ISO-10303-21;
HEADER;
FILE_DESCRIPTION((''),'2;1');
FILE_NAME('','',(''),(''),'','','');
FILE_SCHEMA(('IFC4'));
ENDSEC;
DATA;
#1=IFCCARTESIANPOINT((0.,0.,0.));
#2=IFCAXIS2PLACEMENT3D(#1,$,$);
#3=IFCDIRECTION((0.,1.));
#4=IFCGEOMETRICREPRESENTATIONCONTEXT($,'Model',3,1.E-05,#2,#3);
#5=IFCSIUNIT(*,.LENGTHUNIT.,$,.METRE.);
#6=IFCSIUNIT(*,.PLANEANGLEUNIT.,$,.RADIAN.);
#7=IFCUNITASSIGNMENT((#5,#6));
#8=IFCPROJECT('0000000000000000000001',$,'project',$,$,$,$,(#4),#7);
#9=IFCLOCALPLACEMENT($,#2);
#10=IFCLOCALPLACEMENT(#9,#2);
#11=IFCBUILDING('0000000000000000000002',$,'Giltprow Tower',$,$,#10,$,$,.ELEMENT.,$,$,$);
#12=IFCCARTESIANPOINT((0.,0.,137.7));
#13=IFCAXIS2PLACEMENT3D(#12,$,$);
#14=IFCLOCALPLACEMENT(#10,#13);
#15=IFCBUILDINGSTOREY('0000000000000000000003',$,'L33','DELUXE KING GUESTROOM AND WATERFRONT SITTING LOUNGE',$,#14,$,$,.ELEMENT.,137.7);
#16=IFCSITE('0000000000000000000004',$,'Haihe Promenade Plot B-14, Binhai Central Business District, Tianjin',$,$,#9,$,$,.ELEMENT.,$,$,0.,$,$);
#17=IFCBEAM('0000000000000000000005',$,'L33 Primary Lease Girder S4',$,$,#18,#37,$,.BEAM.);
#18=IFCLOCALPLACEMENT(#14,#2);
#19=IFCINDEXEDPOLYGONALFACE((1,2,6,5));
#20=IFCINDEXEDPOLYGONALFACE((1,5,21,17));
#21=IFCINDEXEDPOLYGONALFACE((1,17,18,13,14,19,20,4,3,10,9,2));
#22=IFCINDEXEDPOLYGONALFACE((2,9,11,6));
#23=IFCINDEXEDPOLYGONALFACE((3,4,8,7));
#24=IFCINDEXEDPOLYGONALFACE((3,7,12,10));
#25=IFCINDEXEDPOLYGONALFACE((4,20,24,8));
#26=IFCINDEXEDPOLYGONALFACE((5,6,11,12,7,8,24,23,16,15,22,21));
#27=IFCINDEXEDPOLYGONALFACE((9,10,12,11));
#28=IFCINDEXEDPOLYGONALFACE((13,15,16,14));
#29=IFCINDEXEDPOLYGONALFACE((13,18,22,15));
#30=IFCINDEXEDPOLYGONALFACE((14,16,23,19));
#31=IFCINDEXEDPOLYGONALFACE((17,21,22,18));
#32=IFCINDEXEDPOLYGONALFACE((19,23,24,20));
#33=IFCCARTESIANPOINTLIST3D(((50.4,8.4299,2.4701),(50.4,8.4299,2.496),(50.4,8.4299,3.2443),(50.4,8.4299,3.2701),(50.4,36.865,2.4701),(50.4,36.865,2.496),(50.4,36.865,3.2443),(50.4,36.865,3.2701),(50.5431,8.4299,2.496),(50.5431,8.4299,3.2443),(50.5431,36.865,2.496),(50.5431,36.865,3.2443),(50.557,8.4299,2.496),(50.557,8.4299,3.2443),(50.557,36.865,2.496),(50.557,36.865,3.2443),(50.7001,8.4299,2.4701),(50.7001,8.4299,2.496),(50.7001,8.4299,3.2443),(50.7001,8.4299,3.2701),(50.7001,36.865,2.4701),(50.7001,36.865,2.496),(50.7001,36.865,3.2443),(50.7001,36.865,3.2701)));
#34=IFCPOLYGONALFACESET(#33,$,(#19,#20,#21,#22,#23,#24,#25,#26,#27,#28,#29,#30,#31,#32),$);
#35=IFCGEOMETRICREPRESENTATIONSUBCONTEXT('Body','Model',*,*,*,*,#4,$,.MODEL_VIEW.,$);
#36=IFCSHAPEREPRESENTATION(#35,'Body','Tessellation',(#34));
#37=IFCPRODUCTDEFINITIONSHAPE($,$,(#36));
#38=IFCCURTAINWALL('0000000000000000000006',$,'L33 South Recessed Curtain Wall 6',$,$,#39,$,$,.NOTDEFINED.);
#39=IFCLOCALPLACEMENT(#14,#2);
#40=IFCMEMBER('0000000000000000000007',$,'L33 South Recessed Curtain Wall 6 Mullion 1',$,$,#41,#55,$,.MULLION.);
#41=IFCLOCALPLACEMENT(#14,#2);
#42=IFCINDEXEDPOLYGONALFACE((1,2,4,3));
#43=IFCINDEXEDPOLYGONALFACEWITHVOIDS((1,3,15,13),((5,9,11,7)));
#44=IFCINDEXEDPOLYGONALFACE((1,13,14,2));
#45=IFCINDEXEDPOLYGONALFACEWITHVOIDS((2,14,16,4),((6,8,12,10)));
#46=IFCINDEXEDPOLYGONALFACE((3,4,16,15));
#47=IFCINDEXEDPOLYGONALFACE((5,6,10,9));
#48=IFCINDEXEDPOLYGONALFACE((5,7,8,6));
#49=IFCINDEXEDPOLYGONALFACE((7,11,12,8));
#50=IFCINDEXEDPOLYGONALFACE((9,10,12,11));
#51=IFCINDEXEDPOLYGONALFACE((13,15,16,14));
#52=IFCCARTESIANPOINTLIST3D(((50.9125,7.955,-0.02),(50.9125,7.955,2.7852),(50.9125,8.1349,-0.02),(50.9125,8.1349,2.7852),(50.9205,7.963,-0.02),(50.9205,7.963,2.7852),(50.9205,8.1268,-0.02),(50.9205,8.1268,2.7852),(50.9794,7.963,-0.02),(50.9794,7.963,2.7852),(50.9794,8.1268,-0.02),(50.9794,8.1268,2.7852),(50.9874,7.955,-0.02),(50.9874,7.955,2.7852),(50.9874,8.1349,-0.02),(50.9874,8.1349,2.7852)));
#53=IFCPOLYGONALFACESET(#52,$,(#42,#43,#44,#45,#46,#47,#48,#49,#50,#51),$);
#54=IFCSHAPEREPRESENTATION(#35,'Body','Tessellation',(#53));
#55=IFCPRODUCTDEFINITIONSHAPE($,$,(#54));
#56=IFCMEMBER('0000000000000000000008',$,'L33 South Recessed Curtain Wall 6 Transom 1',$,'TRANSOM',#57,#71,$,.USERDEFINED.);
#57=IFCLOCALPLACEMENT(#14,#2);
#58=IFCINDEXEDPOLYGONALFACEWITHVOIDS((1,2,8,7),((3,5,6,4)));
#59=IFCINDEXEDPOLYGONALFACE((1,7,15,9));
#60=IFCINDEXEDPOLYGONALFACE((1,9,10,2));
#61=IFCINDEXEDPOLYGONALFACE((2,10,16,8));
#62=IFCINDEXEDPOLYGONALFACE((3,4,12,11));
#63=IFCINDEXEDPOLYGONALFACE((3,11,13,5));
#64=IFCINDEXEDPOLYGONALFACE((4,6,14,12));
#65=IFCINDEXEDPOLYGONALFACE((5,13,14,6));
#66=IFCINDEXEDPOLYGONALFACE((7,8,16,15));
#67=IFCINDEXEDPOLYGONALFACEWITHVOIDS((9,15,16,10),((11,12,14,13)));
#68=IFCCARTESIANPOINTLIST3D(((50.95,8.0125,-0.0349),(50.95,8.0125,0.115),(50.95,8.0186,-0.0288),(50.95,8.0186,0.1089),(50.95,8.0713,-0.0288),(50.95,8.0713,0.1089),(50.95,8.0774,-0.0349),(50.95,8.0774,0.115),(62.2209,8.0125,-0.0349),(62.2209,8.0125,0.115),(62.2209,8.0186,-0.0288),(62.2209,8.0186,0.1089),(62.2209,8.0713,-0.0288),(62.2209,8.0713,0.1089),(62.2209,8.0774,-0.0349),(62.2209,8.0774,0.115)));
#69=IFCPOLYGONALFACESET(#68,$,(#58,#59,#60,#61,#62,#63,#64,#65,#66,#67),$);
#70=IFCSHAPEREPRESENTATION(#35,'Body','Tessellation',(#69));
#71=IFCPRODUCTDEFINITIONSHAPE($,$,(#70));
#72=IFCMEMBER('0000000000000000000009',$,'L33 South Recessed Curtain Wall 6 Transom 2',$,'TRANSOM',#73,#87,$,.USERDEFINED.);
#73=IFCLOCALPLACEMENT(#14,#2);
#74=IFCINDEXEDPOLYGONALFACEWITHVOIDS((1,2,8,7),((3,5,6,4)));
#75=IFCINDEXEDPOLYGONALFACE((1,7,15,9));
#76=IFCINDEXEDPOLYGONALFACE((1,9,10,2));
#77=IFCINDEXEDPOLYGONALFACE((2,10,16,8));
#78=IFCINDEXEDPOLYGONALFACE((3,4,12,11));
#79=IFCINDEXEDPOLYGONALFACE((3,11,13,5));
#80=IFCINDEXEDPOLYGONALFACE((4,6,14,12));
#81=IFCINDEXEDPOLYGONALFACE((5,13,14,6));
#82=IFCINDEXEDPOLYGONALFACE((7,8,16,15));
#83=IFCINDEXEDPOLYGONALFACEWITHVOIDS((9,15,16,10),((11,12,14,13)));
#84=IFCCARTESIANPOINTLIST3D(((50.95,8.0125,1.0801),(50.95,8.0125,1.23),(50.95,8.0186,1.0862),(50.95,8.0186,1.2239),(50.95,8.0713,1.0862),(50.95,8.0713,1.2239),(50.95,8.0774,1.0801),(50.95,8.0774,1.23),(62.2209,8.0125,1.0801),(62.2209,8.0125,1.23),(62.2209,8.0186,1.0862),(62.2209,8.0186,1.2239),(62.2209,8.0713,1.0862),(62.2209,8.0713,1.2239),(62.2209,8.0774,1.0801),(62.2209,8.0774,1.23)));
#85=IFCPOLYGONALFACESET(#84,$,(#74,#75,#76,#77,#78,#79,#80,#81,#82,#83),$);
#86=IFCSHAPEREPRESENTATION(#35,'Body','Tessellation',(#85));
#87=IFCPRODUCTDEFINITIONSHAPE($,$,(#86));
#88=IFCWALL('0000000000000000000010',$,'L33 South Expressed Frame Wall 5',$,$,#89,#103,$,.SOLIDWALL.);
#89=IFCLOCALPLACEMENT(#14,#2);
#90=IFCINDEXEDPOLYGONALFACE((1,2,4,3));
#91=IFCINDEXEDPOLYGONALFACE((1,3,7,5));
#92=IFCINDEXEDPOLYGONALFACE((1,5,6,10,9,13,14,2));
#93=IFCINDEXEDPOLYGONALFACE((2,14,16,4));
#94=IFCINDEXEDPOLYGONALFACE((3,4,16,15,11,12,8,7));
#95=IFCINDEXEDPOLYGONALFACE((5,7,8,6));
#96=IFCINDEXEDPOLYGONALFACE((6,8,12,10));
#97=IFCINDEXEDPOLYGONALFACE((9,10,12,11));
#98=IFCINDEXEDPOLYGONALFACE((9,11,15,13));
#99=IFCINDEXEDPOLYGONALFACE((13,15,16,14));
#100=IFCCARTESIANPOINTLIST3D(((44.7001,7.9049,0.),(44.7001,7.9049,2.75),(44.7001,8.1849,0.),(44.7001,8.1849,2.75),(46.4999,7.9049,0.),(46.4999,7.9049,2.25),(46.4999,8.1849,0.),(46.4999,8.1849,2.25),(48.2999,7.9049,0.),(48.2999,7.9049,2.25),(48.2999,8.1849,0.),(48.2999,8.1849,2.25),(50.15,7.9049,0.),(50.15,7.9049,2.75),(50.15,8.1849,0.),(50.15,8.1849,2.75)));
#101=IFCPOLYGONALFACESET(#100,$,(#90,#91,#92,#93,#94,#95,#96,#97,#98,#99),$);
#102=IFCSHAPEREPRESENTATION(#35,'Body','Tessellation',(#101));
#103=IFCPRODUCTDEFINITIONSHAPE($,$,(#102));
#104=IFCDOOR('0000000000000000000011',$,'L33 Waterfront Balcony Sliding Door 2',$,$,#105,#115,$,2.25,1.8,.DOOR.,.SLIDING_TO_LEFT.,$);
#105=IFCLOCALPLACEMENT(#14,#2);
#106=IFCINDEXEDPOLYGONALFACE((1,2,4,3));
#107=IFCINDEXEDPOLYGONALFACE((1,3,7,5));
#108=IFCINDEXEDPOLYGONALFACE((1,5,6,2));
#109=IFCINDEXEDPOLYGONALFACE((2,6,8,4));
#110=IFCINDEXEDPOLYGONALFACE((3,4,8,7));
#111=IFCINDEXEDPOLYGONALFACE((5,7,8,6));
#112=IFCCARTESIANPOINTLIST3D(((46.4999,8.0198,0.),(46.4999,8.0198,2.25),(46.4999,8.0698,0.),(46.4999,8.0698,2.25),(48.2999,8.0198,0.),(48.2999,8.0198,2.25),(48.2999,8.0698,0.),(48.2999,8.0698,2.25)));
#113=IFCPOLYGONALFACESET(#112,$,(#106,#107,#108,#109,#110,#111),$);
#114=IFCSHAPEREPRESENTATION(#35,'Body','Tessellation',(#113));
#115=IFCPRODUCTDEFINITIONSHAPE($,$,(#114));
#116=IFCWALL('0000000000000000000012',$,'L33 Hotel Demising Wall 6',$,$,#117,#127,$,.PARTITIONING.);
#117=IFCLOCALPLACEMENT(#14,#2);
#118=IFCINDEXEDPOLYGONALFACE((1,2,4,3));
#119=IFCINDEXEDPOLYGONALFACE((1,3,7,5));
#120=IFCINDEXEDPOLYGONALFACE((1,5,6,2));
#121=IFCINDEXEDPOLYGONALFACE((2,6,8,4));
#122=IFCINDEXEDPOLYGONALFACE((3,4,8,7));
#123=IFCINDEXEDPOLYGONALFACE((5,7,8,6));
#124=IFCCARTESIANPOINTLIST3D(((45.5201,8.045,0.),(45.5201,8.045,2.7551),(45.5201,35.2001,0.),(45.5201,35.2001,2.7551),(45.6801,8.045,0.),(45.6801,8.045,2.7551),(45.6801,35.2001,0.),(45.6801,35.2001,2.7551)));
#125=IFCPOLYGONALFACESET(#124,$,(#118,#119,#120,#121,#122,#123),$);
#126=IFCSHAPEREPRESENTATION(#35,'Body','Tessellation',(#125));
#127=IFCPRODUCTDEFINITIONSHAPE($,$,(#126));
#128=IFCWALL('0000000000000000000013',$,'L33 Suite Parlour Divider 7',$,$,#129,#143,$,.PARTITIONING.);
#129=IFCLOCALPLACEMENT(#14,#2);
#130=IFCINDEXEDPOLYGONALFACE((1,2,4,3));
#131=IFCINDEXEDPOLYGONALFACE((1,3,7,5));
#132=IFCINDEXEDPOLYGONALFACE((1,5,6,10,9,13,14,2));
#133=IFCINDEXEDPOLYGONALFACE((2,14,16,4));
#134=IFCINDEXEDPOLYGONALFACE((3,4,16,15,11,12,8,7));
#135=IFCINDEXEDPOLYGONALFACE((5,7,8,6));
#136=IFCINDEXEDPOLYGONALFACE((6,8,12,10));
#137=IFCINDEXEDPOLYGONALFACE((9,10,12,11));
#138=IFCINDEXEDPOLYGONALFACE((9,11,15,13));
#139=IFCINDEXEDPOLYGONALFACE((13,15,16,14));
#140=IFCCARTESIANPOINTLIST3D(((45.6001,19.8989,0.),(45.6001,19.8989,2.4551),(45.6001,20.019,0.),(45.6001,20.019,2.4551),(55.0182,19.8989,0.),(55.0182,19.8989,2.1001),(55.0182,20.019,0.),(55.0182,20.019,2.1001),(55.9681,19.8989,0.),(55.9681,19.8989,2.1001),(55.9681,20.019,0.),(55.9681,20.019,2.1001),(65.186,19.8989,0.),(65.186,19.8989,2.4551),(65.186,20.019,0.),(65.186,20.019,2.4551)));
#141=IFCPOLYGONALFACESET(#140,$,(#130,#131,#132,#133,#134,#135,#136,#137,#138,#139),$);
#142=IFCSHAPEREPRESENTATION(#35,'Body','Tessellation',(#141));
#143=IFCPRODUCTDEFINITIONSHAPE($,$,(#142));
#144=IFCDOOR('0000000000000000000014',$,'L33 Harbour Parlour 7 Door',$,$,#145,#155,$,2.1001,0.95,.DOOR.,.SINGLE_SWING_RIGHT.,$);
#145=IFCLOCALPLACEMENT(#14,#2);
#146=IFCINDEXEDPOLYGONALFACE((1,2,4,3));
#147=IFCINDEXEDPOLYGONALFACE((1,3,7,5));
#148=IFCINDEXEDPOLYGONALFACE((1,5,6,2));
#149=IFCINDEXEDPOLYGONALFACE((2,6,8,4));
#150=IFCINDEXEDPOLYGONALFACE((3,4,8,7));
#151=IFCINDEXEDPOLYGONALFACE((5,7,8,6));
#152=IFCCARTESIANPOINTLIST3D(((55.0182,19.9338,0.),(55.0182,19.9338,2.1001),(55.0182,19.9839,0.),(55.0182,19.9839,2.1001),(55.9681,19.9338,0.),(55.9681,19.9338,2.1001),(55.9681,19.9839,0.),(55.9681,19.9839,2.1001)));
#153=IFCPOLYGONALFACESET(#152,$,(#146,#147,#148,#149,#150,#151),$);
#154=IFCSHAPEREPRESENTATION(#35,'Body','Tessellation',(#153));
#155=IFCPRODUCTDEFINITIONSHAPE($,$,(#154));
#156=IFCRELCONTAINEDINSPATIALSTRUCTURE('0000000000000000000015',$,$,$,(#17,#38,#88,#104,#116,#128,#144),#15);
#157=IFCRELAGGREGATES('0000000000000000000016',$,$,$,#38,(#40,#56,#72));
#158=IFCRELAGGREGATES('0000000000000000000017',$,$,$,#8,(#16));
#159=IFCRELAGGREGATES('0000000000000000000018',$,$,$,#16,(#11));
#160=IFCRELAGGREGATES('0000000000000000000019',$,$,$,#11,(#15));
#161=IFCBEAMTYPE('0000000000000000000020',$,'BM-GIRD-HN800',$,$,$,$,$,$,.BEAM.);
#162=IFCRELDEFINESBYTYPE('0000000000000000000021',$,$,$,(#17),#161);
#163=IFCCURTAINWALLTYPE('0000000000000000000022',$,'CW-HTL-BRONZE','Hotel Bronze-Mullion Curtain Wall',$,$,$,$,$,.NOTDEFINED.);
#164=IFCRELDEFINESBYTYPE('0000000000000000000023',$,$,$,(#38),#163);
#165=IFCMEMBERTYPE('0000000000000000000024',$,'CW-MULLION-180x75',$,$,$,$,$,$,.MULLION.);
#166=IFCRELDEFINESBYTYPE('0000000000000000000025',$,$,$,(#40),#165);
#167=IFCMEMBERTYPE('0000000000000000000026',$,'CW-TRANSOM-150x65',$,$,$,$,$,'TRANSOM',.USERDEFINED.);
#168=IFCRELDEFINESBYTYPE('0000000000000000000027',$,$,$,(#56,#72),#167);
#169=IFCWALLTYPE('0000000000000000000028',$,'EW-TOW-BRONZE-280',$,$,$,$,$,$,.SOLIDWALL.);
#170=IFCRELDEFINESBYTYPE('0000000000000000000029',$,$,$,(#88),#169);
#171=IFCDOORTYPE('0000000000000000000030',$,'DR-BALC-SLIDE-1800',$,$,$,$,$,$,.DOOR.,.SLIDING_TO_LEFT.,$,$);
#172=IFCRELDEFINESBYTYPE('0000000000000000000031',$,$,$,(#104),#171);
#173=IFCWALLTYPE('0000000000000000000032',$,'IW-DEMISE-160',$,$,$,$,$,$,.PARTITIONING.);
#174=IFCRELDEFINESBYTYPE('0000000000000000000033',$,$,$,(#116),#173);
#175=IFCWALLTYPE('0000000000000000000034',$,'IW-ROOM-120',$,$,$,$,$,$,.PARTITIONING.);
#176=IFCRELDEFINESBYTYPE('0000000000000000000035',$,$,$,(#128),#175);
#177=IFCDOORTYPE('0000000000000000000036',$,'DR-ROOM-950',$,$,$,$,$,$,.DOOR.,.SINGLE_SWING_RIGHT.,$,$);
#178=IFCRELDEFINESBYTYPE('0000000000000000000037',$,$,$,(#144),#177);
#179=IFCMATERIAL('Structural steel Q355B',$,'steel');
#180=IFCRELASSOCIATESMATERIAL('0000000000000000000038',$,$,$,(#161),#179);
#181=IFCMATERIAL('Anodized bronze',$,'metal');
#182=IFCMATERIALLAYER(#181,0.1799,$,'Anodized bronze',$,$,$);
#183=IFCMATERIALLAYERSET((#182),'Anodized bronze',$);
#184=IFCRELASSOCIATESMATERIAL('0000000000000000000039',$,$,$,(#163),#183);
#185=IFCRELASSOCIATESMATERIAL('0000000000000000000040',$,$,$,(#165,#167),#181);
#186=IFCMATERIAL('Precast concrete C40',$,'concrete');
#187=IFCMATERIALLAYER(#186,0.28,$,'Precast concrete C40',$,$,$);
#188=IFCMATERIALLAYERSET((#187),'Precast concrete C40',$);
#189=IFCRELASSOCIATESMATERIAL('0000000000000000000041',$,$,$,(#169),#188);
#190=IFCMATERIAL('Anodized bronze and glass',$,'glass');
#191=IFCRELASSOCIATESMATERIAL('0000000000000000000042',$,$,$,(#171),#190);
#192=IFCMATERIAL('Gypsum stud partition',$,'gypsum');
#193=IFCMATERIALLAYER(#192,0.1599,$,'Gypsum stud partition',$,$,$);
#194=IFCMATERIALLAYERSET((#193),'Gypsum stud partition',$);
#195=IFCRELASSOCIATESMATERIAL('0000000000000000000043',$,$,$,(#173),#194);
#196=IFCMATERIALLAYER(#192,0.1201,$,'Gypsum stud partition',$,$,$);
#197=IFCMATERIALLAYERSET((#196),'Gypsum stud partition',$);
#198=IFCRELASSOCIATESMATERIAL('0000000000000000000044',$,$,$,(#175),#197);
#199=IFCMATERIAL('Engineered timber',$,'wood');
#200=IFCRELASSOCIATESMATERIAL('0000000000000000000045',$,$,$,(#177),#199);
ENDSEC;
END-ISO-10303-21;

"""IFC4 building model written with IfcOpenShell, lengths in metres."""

from ifc_helpers import new_model, si_unit, direction, frame, frame_2d, origin, origin_2d, place, context, subcontext, project, spatial, rectangle, hollow_rectangle, i_section, extrude, source, transform, mapped, material, layer, layer_set, material_profile, profile_set, type_object, element, fill, aggregate, save


model = new_model("IFC4")

# Units and contexts
model_context = context("Model", 3, precision=1e-05, world=origin(), true_north=direction((0.0, 1.0)))
body_context = subcontext(model_context, "Body", "Model", "MODEL_VIEW")
ifc_project = project(units=[si_unit("LENGTHUNIT", "METRE"), si_unit("PLANEANGLEUNIT", "RADIAN")], contexts=[model_context])

# Site, building, storey
site_placement = place(None, origin())
site = spatial("IfcSite", under=ifc_project, at=site_placement, Name="Haihe Promenade Plot B-14, Binhai Central Business District, Tianjin", CompositionType="ELEMENT", RefElevation=0.0)
building_placement = place(site_placement, origin())
building = spatial("IfcBuilding", under=site, at=building_placement, Name="Giltprow Tower", CompositionType="ELEMENT")
storey_placement = place(building_placement, frame((0.0, 0.0, 137.7)))
storey = spatial("IfcBuildingStorey", under=building, at=storey_placement, Name="L33", Description="DELUXE KING GUESTROOM AND WATERFRONT SITTING LOUNGE", CompositionType="ELEMENT", Elevation=137.7)

# Beam
ifc_material_1 = material(Name="Structural steel Q355B", Category="steel")
ifc_material_profile_1 = material_profile(ifc_material_1, i_section(OverallWidth=0.3, OverallDepth=0.8, WebThickness=0.0139, FlangeThickness=0.0259, at=origin_2d()), Name="HN 800x300x14x26")
ifc_profile_set_1 = profile_set([ifc_material_profile_1], Name="Structural steel Q355B")
beam_type_1 = type_object("IfcBeamType", Name="BM-GIRD-HN800", PredefinedType="BEAM", material=ifc_profile_set_1)
shared_shape_1 = source(origin(), body_context, "Body", "SweptSolid", [
    extrude(i_section(OverallWidth=0.3, OverallDepth=0.8, WebThickness=0.0139, FlangeThickness=0.0259, at=origin_2d()), origin(), (0.0, 0.0, 1.0), 28.4351),
])
for number, where, z_axis, x_axis, name in (
    (1, (50.55, 8.4299, 2.8701), (0.0, 1.0, 0.0), (-1.0, 0.0, 0.0), "L33 Primary Lease Girder S4"),
):
    element("IfcBeam", number, at=place(storey_placement, frame(where, z_axis=z_axis, x_axis=x_axis)), inside=storey, type_object=beam_type_1, Name=name, PredefinedType="BEAM", context=body_context, shape_type="MappedRepresentation", body=[
        mapped(shared_shape_1, transform((0.0, 0.0, 0.0), x_axis=(1.0, 0.0, 0.0), y_axis=(0.0, 1.0, 0.0), z_axis=(0.0, 0.0, 1.0), scale=1.0)),
    ])

# Curtain wall, members
ifc_material_2 = material(Name="Anodized bronze", Category="metal")
ifc_layer_1 = layer(ifc_material_2, 0.1799, Name="Anodized bronze")
ifc_layer_set_1 = layer_set([ifc_layer_1], Name="Anodized bronze")
curtain_wall_type = type_object("IfcCurtainWallType", Name="CW-HTL-BRONZE", Description="Hotel Bronze-Mullion Curtain Wall", PredefinedType="NOTDEFINED", material=ifc_layer_set_1)
curtain_wall_placement = place(storey_placement, origin())
curtain_wall = element("IfcCurtainWall", 2, at=curtain_wall_placement, inside=storey, type_object=curtain_wall_type, Name="L33 South Recessed Curtain Wall 6", PredefinedType="NOTDEFINED")
ifc_material_profile_2 = material_profile(ifc_material_2, hollow_rectangle(XDim=0.075, YDim=0.1799, WallThickness=0.0081, at=origin_2d()), Name="RHS 180x75x8")
ifc_profile_set_2 = profile_set([ifc_material_profile_2], Name="Anodized bronze")
member_type_1 = type_object("IfcMemberType", Name="CW-MULLION-180x75", PredefinedType="MULLION", material=ifc_profile_set_2)
shared_shape_2 = source(origin(), body_context, "Body", "SweptSolid", [
    extrude(hollow_rectangle(XDim=0.075, YDim=0.1799, WallThickness=0.0081, at=origin_2d()), origin(), (0.0, 0.0, 1.0), 2.8052),
])
member_1_placement = place(storey_placement, frame((50.95, 8.0449, -0.02), z_axis=(0.0, 0.0, 1.0), x_axis=(1.0, 0.0, 0.0)))
member_1 = element("IfcMember", 3, at=member_1_placement, type_object=member_type_1, Name="L33 South Recessed Curtain Wall 6 Mullion 1", PredefinedType="MULLION", context=body_context, shape_type="MappedRepresentation", body=[
    mapped(shared_shape_2, transform((0.0, 0.0, 0.0), x_axis=(1.0, 0.0, 0.0), y_axis=(0.0, 1.0, 0.0), z_axis=(0.0, 0.0, 1.0), scale=1.0)),
])
ifc_material_profile_3 = material_profile(ifc_material_2, hollow_rectangle(XDim=0.0649, YDim=0.1499, WallThickness=0.0061, at=origin_2d()), Name="RHS 150x65x6")
ifc_profile_set_3 = profile_set([ifc_material_profile_3], Name="Anodized bronze")
member_type_2 = type_object("IfcMemberType", Name="CW-TRANSOM-150x65", ElementType="TRANSOM", PredefinedType="USERDEFINED", material=ifc_profile_set_3)
shared_shape_3 = source(origin(), body_context, "Body", "SweptSolid", [
    extrude(hollow_rectangle(XDim=0.0649, YDim=0.1499, WallThickness=0.0061, at=origin_2d()), origin(), (0.0, 0.0, 1.0), 11.271),
])
member_2_placement = place(storey_placement, frame((50.95, 8.0449, 0.04), z_axis=(1.0, 0.0, 0.0), x_axis=(0.0, 1.0, 0.0)))
member_2 = element("IfcMember", 4, at=member_2_placement, type_object=member_type_2, Name="L33 South Recessed Curtain Wall 6 Transom 1", ObjectType="TRANSOM", PredefinedType="USERDEFINED", context=body_context, shape_type="MappedRepresentation", body=[
    mapped(shared_shape_3, transform((0.0, 0.0, 0.0), x_axis=(1.0, 0.0, 0.0), y_axis=(0.0, 1.0, 0.0), z_axis=(0.0, 0.0, 1.0), scale=1.0)),
])
member_3_placement = place(storey_placement, frame((50.95, 8.0449, 1.155), z_axis=(1.0, 0.0, 0.0), x_axis=(0.0, 1.0, 0.0)))
member_3 = element("IfcMember", 5, at=member_3_placement, type_object=member_type_2, Name="L33 South Recessed Curtain Wall 6 Transom 2", ObjectType="TRANSOM", PredefinedType="USERDEFINED", context=body_context, shape_type="MappedRepresentation", body=[
    mapped(shared_shape_3, transform((0.0, 0.0, 0.0), x_axis=(1.0, 0.0, 0.0), y_axis=(0.0, 1.0, 0.0), z_axis=(0.0, 0.0, 1.0), scale=1.0)),
])
aggregate(curtain_wall, [member_1, member_2, member_3])

# Wall, opening, door
ifc_material_3 = material(Name="Precast concrete C40", Category="concrete")
ifc_layer_2 = layer(ifc_material_3, 0.28, Name="Precast concrete C40")
ifc_layer_set_2 = layer_set([ifc_layer_2], Name="Precast concrete C40")
wall_type_1 = type_object("IfcWallType", Name="EW-TOW-BRONZE-280", PredefinedType="SOLIDWALL", material=ifc_layer_set_2)
wall_1_placement = place(storey_placement, frame((44.7, 8.0449, 0.0), z_axis=(0.0, 0.0, 1.0), x_axis=(1.0, 0.0, 0.0)))
wall_1 = element("IfcWall", 6, at=wall_1_placement, inside=storey, type_object=wall_type_1, Name="L33 South Expressed Frame Wall 5", PredefinedType="SOLIDWALL", context=body_context, shape_type="SweptSolid", body=[
    extrude(rectangle(XDim=5.45, YDim=0.28, at=frame_2d((2.7251, 0.0))), origin(), (0.0, 0.0, 1.0), 2.75),
])
opening_1_placement = place(wall_1_placement, frame((1.8, 0.0, 0.0)))
opening_1 = element("IfcOpeningElement", 7, at=opening_1_placement, cuts=wall_1, PredefinedType="OPENING", context=body_context, shape_type="SweptSolid", body=[
    extrude(rectangle(XDim=1.8, YDim=2.25, at=frame_2d((0.8999, 1.125))), frame((0.0, 0.1499, 0.0), z_axis=(0.0, -1.0, 0.0), x_axis=(1.0, 0.0, 0.0)), (0.0, 0.0, 1.0), 0.3),
])
ifc_material_4 = material(Name="Anodized bronze and glass", Category="glass")
door_type_1 = type_object("IfcDoorType", Name="DR-BALC-SLIDE-1800", OperationType="SLIDING_TO_LEFT", PredefinedType="DOOR", material=ifc_material_4)
shared_shape_4 = source(origin(), body_context, "Body", "SweptSolid", [
    extrude(rectangle(XDim=1.8, YDim=2.25, at=frame_2d((0.8999, 1.125))), frame((0.0, 0.0249, 0.0), z_axis=(0.0, -1.0, 0.0), x_axis=(1.0, 0.0, 0.0)), (0.0, 0.0, 1.0), 0.05),
])
door_1_placement = place(opening_1_placement, origin())
door_1 = element("IfcDoor", 8, at=door_1_placement, inside=storey, type_object=door_type_1, Name="L33 Waterfront Balcony Sliding Door 2", OperationType="SLIDING_TO_LEFT", OverallHeight=2.25, OverallWidth=1.8, PredefinedType="DOOR", context=body_context, shape_type="MappedRepresentation", body=[
    mapped(shared_shape_4, transform((0.0, 0.0, 0.0), x_axis=(1.0, 0.0, 0.0), y_axis=(0.0, 1.0, 0.0), z_axis=(0.0, 0.0, 1.0), scale=1.0)),
])
fill(opening_1, door_1)

# Wall
ifc_material_5 = material(Name="Gypsum stud partition", Category="gypsum")
ifc_layer_3 = layer(ifc_material_5, 0.1599, Name="Gypsum stud partition")
ifc_layer_set_3 = layer_set([ifc_layer_3], Name="Gypsum stud partition")
wall_type_2 = type_object("IfcWallType", Name="IW-DEMISE-160", PredefinedType="PARTITIONING", material=ifc_layer_set_3)
wall_2_placement = place(storey_placement, frame((45.6001, 8.0449, 0.0), z_axis=(0.0, 0.0, 1.0), x_axis=(0.0, 1.0, 0.0)))
element("IfcWall", 9, at=wall_2_placement, inside=storey, type_object=wall_type_2, Name="L33 Hotel Demising Wall 6", PredefinedType="PARTITIONING", context=body_context, shape_type="SweptSolid", body=[
    extrude(rectangle(XDim=27.155, YDim=0.1599, at=frame_2d((13.5776, 0.0))), origin(), (0.0, 0.0, 1.0), 2.7551),
])

# Wall, opening, door
ifc_layer_4 = layer(ifc_material_5, 0.1201, Name="Gypsum stud partition")
ifc_layer_set_4 = layer_set([ifc_layer_4], Name="Gypsum stud partition")
wall_type_3 = type_object("IfcWallType", Name="IW-ROOM-120", PredefinedType="PARTITIONING", material=ifc_layer_set_4)
wall_3_placement = place(storey_placement, frame((45.6001, 19.959, 0.0), z_axis=(0.0, 0.0, 1.0), x_axis=(1.0, 0.0, 0.0)))
wall_3 = element("IfcWall", 10, at=wall_3_placement, inside=storey, type_object=wall_type_3, Name="L33 Suite Parlour Divider 7", PredefinedType="PARTITIONING", context=body_context, shape_type="SweptSolid", body=[
    extrude(rectangle(XDim=19.5859, YDim=0.1201, at=frame_2d((9.793, 0.0))), origin(), (0.0, 0.0, 1.0), 2.4551),
])
opening_2_placement = place(wall_3_placement, frame((9.418, 0.0, 0.0)))
opening_2 = element("IfcOpeningElement", 11, at=opening_2_placement, cuts=wall_3, PredefinedType="OPENING", context=body_context, shape_type="SweptSolid", body=[
    extrude(rectangle(XDim=0.95, YDim=2.1001, at=frame_2d((0.4751, 1.05))), frame((0.0, 0.0701, 0.0), z_axis=(0.0, -1.0, 0.0), x_axis=(1.0, 0.0, 0.0)), (0.0, 0.0, 1.0), 0.1401),
])
ifc_material_6 = material(Name="Engineered timber", Category="wood")
door_type_2 = type_object("IfcDoorType", Name="DR-ROOM-950", OperationType="SINGLE_SWING_RIGHT", PredefinedType="DOOR", material=ifc_material_6)
shared_shape_5 = source(origin(), body_context, "Body", "SweptSolid", [
    extrude(rectangle(XDim=0.95, YDim=2.1001, at=frame_2d((0.4751, 1.05))), frame((0.0, 0.0249, 0.0), z_axis=(0.0, -1.0, 0.0), x_axis=(1.0, 0.0, 0.0)), (0.0, 0.0, 1.0), 0.05),
])
door_2_placement = place(opening_2_placement, origin())
door_2 = element("IfcDoor", 12, at=door_2_placement, inside=storey, type_object=door_type_2, Name="L33 Harbour Parlour 7 Door", OperationType="SINGLE_SWING_RIGHT", OverallHeight=2.1001, OverallWidth=0.95, PredefinedType="DOOR", context=body_context, shape_type="MappedRepresentation", body=[
    mapped(shared_shape_5, transform((0.0, 0.0, 0.0), x_axis=(1.0, 0.0, 0.0), y_axis=(0.0, 1.0, 0.0), z_axis=(0.0, 0.0, 1.0), scale=1.0)),
])
fill(opening_2, door_2)

save(model, "model.ifc")
